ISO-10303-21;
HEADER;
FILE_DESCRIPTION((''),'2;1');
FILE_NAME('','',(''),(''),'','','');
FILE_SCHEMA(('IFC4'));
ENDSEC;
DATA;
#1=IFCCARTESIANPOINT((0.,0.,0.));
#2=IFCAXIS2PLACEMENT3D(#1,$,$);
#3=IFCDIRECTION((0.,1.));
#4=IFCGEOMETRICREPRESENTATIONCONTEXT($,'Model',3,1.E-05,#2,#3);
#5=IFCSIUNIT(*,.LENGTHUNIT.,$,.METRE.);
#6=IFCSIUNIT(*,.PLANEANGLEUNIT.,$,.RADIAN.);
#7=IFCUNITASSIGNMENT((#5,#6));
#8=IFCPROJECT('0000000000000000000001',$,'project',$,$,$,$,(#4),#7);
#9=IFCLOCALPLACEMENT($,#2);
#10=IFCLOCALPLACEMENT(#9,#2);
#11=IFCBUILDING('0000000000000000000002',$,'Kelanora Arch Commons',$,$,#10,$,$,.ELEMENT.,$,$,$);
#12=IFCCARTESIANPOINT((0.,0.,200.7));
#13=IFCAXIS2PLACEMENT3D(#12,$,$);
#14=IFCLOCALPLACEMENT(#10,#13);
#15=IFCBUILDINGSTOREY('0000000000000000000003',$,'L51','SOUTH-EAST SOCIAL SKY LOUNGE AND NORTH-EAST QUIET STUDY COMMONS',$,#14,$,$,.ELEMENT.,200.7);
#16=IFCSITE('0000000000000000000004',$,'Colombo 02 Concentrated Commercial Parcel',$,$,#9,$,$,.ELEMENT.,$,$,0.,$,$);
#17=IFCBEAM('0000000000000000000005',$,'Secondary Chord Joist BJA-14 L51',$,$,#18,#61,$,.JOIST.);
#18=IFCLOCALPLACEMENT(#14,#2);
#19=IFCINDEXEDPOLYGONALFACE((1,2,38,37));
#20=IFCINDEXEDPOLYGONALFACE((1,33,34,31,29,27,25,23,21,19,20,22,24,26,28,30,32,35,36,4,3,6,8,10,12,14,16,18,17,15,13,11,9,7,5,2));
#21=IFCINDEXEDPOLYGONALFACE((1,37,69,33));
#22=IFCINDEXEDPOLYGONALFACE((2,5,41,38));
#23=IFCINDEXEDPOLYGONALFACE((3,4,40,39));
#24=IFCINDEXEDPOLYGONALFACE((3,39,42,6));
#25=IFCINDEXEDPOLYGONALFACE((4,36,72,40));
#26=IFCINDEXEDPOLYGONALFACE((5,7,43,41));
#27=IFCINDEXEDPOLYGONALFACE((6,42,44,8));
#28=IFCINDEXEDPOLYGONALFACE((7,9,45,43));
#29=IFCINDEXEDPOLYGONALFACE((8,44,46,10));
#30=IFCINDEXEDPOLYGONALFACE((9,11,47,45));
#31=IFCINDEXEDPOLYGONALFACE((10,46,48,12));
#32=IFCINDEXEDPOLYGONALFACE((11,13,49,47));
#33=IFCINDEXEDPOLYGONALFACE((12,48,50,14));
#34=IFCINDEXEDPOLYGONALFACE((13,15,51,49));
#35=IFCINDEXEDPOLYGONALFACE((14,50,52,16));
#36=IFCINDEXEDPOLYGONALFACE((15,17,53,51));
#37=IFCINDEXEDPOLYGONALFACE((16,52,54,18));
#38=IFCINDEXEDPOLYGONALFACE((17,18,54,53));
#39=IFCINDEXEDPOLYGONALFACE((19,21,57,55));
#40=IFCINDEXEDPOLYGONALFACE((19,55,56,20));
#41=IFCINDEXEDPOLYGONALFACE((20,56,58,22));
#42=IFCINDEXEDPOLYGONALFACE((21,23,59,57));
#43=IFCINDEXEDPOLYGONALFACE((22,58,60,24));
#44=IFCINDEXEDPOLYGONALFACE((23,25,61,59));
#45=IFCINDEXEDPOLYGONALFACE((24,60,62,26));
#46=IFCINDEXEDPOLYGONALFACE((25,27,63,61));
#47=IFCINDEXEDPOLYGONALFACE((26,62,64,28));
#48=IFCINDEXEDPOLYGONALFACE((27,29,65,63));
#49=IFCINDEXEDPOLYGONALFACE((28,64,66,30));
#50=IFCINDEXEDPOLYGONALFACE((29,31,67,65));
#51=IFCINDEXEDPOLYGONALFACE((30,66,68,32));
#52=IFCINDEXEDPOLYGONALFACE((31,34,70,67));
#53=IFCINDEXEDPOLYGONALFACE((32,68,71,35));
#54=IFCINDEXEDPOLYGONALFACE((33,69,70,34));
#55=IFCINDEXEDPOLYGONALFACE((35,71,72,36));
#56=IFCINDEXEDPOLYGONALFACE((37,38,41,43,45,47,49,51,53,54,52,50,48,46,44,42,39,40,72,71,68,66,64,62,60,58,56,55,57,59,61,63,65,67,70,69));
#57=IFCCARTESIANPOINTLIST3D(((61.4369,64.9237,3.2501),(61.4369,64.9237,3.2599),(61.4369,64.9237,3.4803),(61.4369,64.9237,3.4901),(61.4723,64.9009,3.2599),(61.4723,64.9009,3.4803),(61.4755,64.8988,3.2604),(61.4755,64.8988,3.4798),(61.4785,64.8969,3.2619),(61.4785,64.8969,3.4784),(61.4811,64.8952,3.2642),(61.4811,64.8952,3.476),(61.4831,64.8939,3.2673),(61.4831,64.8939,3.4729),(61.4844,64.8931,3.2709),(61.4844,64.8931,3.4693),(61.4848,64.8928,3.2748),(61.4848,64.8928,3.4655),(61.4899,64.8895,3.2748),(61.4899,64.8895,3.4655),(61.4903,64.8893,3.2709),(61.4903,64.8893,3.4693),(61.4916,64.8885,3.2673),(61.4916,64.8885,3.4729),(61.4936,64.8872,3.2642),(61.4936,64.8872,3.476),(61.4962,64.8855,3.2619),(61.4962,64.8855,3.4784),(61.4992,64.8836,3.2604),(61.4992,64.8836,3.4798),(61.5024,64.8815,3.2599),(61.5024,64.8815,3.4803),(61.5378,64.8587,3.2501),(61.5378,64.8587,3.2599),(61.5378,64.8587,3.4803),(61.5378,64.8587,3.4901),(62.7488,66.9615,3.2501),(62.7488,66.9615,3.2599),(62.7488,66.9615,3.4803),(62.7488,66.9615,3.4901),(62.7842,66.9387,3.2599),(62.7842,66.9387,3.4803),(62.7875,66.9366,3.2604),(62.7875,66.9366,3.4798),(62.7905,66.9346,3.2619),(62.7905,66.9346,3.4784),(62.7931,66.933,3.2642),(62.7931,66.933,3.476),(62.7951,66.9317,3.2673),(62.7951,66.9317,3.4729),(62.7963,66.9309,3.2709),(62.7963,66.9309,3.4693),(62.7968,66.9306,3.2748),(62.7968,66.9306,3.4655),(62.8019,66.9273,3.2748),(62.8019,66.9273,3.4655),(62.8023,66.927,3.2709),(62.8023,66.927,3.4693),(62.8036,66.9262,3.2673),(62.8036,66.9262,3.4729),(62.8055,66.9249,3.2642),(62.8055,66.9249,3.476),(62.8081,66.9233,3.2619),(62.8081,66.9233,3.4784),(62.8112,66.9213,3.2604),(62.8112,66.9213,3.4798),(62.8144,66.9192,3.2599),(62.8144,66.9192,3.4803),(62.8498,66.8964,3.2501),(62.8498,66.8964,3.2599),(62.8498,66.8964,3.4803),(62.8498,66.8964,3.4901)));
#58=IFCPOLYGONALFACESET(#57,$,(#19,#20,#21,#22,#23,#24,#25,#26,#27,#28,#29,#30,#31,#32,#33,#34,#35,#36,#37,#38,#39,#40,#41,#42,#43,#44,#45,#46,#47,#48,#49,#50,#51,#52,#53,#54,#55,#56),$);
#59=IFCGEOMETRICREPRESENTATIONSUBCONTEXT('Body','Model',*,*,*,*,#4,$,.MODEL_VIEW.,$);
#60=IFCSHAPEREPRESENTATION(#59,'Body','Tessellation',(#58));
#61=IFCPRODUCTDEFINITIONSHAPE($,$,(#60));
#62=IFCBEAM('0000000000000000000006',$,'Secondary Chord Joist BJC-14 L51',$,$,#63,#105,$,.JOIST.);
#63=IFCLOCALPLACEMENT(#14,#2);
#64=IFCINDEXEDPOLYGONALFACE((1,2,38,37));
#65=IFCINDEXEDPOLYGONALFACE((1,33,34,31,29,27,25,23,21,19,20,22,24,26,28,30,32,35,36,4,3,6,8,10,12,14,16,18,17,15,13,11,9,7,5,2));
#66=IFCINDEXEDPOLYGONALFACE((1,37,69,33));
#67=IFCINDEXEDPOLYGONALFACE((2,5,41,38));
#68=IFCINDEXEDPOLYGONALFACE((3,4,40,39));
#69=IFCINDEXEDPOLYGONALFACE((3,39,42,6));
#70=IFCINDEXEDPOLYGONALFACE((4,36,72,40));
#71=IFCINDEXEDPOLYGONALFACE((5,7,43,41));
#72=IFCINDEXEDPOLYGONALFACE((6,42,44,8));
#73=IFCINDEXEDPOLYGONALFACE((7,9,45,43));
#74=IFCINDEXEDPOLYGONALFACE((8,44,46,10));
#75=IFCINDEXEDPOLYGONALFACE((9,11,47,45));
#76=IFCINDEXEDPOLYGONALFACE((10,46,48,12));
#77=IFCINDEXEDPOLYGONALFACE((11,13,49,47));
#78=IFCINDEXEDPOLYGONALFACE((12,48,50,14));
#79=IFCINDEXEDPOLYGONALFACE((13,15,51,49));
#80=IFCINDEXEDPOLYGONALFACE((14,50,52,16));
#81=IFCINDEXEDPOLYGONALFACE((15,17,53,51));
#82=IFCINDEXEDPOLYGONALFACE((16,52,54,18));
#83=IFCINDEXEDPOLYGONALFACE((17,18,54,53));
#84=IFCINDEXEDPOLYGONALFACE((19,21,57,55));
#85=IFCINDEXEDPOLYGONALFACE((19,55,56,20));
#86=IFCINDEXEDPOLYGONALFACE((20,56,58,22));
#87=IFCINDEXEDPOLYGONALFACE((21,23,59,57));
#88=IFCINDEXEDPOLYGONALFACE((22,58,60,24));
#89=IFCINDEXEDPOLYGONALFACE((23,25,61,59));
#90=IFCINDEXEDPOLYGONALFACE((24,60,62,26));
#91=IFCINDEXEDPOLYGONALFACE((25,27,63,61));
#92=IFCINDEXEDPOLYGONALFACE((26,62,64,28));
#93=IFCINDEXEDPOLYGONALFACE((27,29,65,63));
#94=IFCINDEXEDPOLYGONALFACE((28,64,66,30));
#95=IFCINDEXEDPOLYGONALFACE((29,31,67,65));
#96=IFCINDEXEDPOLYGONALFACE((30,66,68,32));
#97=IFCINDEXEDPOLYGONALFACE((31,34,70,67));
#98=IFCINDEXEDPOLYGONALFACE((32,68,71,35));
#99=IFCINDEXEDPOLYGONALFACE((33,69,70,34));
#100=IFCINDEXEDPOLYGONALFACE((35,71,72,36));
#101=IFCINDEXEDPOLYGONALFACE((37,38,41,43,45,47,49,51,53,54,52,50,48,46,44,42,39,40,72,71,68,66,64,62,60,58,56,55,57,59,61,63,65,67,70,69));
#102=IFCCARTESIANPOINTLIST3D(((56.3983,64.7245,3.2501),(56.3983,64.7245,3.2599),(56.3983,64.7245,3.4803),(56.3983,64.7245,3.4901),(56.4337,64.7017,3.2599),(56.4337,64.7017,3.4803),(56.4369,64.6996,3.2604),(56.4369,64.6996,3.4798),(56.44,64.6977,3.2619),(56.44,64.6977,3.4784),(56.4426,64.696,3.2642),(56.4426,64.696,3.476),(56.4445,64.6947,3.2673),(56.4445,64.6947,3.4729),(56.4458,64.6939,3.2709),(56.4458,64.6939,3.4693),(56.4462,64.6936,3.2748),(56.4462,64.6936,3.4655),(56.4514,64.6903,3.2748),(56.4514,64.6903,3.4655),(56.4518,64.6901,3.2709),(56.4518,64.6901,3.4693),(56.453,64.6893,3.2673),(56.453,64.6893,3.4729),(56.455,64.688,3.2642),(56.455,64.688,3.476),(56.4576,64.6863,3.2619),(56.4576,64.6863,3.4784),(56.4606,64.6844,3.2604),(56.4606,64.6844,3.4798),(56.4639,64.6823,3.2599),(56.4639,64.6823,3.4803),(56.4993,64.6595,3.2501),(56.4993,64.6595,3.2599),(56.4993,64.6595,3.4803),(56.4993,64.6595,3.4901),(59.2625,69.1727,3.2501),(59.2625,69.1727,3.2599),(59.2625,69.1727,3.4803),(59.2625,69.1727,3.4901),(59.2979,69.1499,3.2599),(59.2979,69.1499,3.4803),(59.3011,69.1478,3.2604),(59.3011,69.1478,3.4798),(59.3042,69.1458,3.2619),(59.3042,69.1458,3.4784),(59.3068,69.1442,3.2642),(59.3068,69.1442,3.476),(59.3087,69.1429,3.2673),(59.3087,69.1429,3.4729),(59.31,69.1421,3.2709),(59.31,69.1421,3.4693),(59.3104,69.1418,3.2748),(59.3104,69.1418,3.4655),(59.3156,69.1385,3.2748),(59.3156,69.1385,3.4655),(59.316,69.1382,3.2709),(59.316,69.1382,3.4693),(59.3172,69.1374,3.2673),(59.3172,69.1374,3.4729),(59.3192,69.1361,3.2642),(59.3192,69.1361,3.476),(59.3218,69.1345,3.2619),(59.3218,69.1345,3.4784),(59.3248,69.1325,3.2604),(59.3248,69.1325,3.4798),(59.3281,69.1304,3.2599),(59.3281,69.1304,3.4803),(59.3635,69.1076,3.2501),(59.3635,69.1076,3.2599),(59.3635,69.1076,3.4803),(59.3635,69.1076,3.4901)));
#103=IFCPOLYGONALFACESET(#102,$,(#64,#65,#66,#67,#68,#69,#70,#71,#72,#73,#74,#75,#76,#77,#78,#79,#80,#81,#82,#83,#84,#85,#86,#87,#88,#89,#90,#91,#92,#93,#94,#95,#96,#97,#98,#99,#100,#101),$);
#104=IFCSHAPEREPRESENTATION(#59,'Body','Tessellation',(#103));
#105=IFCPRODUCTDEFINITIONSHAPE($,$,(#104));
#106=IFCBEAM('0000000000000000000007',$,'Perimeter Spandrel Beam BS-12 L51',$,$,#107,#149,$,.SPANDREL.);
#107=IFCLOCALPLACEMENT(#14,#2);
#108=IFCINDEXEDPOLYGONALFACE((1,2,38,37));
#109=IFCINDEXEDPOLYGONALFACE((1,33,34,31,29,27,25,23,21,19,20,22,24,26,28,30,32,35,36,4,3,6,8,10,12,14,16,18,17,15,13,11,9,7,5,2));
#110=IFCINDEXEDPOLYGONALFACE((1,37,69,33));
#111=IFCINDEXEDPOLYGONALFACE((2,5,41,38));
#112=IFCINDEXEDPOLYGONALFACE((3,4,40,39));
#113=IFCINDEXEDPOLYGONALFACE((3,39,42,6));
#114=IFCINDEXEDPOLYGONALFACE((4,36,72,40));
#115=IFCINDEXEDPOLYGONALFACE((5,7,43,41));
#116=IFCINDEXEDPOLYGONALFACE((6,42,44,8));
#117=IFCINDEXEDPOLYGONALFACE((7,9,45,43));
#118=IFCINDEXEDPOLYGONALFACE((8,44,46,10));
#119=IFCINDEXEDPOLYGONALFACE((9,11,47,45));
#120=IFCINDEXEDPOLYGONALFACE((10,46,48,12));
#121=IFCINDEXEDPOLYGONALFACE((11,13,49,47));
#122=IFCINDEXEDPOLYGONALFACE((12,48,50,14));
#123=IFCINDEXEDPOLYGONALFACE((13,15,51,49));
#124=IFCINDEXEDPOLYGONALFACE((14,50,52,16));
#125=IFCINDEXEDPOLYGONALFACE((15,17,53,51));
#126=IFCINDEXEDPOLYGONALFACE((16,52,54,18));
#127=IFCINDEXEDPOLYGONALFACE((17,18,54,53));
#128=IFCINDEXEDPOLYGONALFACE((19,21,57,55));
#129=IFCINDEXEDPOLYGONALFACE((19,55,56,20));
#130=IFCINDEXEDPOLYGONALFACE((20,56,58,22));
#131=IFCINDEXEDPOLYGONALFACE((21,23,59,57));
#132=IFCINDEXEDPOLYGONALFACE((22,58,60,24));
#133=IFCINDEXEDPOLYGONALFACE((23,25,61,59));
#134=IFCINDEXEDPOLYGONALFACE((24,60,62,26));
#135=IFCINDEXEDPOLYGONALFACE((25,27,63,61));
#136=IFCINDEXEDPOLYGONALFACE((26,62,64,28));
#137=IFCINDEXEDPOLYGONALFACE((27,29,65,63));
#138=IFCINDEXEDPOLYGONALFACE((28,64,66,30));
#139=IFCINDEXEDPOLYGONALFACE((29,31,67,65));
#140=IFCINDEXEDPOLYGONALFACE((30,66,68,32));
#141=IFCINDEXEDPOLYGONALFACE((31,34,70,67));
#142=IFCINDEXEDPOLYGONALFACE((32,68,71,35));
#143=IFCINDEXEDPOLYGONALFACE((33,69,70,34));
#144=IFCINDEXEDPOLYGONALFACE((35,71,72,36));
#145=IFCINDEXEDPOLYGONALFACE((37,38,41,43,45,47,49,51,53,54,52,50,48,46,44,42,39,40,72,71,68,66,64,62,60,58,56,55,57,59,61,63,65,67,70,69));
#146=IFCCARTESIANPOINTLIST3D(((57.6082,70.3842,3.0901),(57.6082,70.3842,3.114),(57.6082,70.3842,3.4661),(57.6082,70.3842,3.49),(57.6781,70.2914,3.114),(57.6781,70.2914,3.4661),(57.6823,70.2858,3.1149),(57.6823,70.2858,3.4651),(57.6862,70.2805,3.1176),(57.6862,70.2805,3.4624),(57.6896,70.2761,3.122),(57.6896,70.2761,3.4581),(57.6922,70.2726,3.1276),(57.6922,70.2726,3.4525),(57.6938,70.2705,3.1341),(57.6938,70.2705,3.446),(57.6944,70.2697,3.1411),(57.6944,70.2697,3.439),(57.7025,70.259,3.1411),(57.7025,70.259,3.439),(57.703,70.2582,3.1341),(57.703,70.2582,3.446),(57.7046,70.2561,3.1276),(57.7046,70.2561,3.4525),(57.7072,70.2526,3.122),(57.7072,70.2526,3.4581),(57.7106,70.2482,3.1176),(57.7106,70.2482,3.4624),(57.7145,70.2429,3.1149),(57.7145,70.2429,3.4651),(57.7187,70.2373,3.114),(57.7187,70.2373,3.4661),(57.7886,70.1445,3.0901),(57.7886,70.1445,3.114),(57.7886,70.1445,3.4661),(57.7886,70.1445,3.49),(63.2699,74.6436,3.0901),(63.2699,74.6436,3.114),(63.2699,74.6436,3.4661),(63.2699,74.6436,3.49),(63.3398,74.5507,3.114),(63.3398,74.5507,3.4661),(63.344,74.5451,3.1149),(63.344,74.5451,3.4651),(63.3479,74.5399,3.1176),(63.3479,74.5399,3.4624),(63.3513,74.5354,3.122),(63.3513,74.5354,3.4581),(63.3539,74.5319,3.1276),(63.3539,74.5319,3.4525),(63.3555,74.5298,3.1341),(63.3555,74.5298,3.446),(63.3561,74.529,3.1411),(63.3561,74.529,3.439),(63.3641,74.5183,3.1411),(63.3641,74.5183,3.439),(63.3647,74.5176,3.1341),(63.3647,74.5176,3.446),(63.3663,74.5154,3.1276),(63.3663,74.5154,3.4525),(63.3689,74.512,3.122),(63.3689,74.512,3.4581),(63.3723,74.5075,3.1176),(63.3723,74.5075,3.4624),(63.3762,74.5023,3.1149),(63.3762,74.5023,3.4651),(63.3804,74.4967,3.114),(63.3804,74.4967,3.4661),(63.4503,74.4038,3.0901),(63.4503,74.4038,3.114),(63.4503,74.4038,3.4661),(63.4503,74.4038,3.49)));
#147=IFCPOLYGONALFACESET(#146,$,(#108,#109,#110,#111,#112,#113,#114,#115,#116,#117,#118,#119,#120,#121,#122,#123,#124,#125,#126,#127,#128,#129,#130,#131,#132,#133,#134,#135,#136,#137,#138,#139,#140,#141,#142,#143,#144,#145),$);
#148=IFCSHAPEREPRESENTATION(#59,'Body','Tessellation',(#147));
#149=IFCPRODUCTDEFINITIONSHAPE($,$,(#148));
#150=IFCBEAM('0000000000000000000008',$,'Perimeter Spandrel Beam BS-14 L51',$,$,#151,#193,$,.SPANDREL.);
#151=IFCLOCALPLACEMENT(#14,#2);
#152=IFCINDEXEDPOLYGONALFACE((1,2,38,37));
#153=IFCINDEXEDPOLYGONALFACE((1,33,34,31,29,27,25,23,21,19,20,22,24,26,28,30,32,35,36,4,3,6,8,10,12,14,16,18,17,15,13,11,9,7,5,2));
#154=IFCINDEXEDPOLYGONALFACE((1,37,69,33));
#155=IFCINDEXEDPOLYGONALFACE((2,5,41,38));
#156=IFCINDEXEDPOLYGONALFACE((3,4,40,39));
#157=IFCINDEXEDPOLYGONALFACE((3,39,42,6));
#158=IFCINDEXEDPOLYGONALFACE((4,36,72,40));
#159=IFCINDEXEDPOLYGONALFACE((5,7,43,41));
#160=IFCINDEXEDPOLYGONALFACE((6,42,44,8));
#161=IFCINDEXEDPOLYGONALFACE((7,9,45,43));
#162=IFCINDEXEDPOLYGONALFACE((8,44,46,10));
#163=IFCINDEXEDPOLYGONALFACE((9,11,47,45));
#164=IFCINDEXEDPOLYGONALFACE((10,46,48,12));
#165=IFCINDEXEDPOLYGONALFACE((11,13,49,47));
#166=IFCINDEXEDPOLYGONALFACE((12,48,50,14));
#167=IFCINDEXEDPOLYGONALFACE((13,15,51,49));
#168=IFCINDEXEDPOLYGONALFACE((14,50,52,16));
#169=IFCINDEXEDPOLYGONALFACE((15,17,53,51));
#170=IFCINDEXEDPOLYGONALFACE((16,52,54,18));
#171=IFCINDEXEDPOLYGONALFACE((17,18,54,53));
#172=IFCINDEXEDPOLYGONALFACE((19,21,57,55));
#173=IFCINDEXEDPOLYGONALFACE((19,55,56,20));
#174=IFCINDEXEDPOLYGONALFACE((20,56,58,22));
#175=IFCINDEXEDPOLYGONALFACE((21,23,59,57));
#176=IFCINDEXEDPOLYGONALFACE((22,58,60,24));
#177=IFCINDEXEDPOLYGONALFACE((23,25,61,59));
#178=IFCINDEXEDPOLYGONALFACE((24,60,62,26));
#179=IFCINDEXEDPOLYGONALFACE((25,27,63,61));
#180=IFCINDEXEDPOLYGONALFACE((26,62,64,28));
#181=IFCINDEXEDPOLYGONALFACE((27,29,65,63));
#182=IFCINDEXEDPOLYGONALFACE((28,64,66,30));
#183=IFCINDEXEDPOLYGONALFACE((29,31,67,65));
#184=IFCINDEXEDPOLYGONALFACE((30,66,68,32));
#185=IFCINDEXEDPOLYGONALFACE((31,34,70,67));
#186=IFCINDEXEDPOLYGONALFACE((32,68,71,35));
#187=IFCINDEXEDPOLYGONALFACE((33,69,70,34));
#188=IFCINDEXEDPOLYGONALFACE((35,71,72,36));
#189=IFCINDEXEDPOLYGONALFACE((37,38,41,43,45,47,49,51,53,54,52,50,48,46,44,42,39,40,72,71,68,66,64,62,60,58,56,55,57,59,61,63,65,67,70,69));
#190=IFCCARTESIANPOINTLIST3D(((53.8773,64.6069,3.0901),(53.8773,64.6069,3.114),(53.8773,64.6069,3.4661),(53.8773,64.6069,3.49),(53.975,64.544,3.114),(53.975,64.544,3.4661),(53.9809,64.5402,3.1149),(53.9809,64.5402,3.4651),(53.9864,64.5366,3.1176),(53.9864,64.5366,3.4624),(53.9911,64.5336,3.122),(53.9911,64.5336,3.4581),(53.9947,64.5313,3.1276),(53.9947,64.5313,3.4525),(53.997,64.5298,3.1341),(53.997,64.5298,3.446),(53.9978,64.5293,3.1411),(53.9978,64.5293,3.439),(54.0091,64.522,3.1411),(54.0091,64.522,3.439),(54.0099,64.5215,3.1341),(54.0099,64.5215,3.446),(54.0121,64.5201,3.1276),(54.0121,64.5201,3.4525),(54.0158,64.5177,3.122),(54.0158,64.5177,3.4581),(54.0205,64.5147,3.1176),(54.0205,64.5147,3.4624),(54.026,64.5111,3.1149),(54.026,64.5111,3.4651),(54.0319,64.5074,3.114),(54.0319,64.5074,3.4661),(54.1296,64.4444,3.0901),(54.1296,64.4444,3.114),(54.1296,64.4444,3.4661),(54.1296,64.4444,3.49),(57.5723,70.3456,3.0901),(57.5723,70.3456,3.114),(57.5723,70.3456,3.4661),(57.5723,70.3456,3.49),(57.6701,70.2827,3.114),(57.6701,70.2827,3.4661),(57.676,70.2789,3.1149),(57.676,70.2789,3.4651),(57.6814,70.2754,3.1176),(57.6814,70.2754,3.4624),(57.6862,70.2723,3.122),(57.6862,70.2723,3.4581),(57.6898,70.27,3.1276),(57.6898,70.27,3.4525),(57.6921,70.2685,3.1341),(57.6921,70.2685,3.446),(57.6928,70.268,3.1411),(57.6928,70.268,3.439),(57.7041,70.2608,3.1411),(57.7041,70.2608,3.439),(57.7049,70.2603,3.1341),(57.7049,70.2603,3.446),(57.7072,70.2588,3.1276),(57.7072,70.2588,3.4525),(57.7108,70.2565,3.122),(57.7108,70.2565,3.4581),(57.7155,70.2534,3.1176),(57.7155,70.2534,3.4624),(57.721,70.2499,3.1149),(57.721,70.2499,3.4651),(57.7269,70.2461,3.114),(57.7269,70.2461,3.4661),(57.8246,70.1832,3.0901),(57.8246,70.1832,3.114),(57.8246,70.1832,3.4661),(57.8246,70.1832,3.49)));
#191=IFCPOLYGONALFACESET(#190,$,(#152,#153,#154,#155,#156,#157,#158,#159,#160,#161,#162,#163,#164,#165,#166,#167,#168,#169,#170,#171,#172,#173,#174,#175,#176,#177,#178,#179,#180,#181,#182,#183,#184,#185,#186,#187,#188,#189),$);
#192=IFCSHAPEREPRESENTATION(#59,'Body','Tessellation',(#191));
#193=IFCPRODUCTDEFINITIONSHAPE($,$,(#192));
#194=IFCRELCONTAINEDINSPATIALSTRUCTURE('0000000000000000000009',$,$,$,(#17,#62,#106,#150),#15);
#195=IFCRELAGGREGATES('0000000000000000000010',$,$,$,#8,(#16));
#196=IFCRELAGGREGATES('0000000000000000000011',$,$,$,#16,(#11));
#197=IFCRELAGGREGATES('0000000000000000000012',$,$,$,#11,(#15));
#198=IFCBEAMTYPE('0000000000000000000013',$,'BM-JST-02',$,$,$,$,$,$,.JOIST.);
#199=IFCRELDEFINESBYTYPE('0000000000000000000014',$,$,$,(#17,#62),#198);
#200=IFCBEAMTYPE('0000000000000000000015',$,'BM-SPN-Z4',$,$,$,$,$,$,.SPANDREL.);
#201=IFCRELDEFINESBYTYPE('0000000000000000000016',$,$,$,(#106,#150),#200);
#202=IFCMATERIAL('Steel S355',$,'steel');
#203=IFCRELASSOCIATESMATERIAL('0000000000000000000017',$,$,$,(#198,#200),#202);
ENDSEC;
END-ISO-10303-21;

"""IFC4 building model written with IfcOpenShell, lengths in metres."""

from ifc_helpers import new_model, si_unit, direction, frame, origin, origin_2d, place, context, subcontext, project, spatial, i_section, extrude, material, material_profile, profile_set, type_object, element, save


model = new_model("IFC4")

# Units and contexts
model_context = context("Model", 3, precision=1e-05, world=origin(), true_north=direction((0.0, 1.0)))
body_context = subcontext(model_context, "Body", "Model", "MODEL_VIEW")
ifc_project = project(units=[si_unit("LENGTHUNIT", "METRE"), si_unit("PLANEANGLEUNIT", "RADIAN")], contexts=[model_context])

# Site, building, storey
site_placement = place(None, origin())
site = spatial("IfcSite", under=ifc_project, at=site_placement, Name="Colombo 02 Concentrated Commercial Parcel", CompositionType="ELEMENT", RefElevation=0.0)
building_placement = place(site_placement, origin())
building = spatial("IfcBuilding", under=site, at=building_placement, Name="Kelanora Arch Commons", CompositionType="ELEMENT")
storey_placement = place(building_placement, frame((0.0, 0.0, 200.7)))
storey = spatial("IfcBuildingStorey", under=building, at=storey_placement, Name="L51", Description="SOUTH-EAST SOCIAL SKY LOUNGE AND NORTH-EAST QUIET STUDY COMMONS", CompositionType="ELEMENT", Elevation=200.7)

# Beams
ifc_material_1 = material(Name="Steel S355", Category="steel")
ifc_material_profile_1 = material_profile(ifc_material_1, i_section(OverallWidth=0.1201, OverallDepth=0.24, WebThickness=0.0061, FlangeThickness=0.0098, FilletRadius=0.0149, at=origin_2d()), Name="IPE240")
ifc_profile_set_1 = profile_set([ifc_material_profile_1], Name="Steel S355")
beam_type_1 = type_object("IfcBeamType", Name="BM-JST-02", PredefinedType="JOIST", material=ifc_profile_set_1)
beam_1_placement = place(storey_placement, frame((62.7993, 66.929, 3.3701), z_axis=(-0.541333, -0.840808, 0.0), x_axis=(0.840808, -0.541333, 0.0)))
element("IfcBeam", 1, at=beam_1_placement, inside=storey, type_object=beam_type_1, Name="Secondary Chord Joist BJA-14 L51", PredefinedType="JOIST", context=body_context, shape_type="SweptSolid", body=[
    extrude(i_section(OverallWidth=0.1201, OverallDepth=0.24, WebThickness=0.0061, FlangeThickness=0.0098, FilletRadius=0.0149, at=origin_2d()), origin(), (0.0, 0.0, 1.0), 2.4236),
])
beam_2_placement = place(storey_placement, frame((59.313, 69.1401, 3.3701), z_axis=(-0.541382, -0.840776, 0.0), x_axis=(0.840776, -0.541382, 0.0)))
element("IfcBeam", 2, at=beam_2_placement, inside=storey, type_object=beam_type_1, Name="Secondary Chord Joist BJC-14 L51", PredefinedType="JOIST", context=body_context, shape_type="SweptSolid", body=[
    extrude(i_section(OverallWidth=0.1201, OverallDepth=0.24, WebThickness=0.0061, FlangeThickness=0.0098, FilletRadius=0.0149, at=origin_2d()), origin(), (0.0, 0.0, 1.0), 5.2905),
])
ifc_material_profile_2 = material_profile(ifc_material_1, i_section(OverallWidth=0.3, OverallDepth=0.3999, WebThickness=0.0134, FlangeThickness=0.0239, FilletRadius=0.0271, at=origin_2d()), Name="HEB400")
ifc_profile_set_2 = profile_set([ifc_material_profile_2], Name="Steel S355")
beam_type_2 = type_object("IfcBeamType", Name="BM-SPN-Z4", PredefinedType="SPANDREL", material=ifc_profile_set_2)
beam_3_placement = place(storey_placement, frame((63.3601, 74.5237, 3.29), z_axis=(-0.799114, -0.601179, 0.0), x_axis=(0.601179, -0.799114, 0.0)))
element("IfcBeam", 3, at=beam_3_placement, inside=storey, type_object=beam_type_2, Name="Perimeter Spandrel Beam BS-12 L51", PredefinedType="SPANDREL", context=body_context, shape_type="SweptSolid", body=[
    extrude(i_section(OverallWidth=0.3, OverallDepth=0.3999, WebThickness=0.0134, FlangeThickness=0.0239, FilletRadius=0.0271, at=origin_2d()), origin(), (0.0, 0.0, 1.0), 7.085),
])
beam_4_placement = place(storey_placement, frame((57.6985, 70.2644, 3.29), z_axis=(-0.541365, -0.840788, 0.0), x_axis=(0.840788, -0.541365, 0.0)))
element("IfcBeam", 4, at=beam_4_placement, inside=storey, type_object=beam_type_2, Name="Perimeter Spandrel Beam BS-14 L51", PredefinedType="SPANDREL", context=body_context, shape_type="SweptSolid", body=[
    extrude(i_section(OverallWidth=0.3, OverallDepth=0.3999, WebThickness=0.0134, FlangeThickness=0.0239, FilletRadius=0.0271, at=origin_2d()), origin(), (0.0, 0.0, 1.0), 6.8254),
])

save(model, "model.ifc")
